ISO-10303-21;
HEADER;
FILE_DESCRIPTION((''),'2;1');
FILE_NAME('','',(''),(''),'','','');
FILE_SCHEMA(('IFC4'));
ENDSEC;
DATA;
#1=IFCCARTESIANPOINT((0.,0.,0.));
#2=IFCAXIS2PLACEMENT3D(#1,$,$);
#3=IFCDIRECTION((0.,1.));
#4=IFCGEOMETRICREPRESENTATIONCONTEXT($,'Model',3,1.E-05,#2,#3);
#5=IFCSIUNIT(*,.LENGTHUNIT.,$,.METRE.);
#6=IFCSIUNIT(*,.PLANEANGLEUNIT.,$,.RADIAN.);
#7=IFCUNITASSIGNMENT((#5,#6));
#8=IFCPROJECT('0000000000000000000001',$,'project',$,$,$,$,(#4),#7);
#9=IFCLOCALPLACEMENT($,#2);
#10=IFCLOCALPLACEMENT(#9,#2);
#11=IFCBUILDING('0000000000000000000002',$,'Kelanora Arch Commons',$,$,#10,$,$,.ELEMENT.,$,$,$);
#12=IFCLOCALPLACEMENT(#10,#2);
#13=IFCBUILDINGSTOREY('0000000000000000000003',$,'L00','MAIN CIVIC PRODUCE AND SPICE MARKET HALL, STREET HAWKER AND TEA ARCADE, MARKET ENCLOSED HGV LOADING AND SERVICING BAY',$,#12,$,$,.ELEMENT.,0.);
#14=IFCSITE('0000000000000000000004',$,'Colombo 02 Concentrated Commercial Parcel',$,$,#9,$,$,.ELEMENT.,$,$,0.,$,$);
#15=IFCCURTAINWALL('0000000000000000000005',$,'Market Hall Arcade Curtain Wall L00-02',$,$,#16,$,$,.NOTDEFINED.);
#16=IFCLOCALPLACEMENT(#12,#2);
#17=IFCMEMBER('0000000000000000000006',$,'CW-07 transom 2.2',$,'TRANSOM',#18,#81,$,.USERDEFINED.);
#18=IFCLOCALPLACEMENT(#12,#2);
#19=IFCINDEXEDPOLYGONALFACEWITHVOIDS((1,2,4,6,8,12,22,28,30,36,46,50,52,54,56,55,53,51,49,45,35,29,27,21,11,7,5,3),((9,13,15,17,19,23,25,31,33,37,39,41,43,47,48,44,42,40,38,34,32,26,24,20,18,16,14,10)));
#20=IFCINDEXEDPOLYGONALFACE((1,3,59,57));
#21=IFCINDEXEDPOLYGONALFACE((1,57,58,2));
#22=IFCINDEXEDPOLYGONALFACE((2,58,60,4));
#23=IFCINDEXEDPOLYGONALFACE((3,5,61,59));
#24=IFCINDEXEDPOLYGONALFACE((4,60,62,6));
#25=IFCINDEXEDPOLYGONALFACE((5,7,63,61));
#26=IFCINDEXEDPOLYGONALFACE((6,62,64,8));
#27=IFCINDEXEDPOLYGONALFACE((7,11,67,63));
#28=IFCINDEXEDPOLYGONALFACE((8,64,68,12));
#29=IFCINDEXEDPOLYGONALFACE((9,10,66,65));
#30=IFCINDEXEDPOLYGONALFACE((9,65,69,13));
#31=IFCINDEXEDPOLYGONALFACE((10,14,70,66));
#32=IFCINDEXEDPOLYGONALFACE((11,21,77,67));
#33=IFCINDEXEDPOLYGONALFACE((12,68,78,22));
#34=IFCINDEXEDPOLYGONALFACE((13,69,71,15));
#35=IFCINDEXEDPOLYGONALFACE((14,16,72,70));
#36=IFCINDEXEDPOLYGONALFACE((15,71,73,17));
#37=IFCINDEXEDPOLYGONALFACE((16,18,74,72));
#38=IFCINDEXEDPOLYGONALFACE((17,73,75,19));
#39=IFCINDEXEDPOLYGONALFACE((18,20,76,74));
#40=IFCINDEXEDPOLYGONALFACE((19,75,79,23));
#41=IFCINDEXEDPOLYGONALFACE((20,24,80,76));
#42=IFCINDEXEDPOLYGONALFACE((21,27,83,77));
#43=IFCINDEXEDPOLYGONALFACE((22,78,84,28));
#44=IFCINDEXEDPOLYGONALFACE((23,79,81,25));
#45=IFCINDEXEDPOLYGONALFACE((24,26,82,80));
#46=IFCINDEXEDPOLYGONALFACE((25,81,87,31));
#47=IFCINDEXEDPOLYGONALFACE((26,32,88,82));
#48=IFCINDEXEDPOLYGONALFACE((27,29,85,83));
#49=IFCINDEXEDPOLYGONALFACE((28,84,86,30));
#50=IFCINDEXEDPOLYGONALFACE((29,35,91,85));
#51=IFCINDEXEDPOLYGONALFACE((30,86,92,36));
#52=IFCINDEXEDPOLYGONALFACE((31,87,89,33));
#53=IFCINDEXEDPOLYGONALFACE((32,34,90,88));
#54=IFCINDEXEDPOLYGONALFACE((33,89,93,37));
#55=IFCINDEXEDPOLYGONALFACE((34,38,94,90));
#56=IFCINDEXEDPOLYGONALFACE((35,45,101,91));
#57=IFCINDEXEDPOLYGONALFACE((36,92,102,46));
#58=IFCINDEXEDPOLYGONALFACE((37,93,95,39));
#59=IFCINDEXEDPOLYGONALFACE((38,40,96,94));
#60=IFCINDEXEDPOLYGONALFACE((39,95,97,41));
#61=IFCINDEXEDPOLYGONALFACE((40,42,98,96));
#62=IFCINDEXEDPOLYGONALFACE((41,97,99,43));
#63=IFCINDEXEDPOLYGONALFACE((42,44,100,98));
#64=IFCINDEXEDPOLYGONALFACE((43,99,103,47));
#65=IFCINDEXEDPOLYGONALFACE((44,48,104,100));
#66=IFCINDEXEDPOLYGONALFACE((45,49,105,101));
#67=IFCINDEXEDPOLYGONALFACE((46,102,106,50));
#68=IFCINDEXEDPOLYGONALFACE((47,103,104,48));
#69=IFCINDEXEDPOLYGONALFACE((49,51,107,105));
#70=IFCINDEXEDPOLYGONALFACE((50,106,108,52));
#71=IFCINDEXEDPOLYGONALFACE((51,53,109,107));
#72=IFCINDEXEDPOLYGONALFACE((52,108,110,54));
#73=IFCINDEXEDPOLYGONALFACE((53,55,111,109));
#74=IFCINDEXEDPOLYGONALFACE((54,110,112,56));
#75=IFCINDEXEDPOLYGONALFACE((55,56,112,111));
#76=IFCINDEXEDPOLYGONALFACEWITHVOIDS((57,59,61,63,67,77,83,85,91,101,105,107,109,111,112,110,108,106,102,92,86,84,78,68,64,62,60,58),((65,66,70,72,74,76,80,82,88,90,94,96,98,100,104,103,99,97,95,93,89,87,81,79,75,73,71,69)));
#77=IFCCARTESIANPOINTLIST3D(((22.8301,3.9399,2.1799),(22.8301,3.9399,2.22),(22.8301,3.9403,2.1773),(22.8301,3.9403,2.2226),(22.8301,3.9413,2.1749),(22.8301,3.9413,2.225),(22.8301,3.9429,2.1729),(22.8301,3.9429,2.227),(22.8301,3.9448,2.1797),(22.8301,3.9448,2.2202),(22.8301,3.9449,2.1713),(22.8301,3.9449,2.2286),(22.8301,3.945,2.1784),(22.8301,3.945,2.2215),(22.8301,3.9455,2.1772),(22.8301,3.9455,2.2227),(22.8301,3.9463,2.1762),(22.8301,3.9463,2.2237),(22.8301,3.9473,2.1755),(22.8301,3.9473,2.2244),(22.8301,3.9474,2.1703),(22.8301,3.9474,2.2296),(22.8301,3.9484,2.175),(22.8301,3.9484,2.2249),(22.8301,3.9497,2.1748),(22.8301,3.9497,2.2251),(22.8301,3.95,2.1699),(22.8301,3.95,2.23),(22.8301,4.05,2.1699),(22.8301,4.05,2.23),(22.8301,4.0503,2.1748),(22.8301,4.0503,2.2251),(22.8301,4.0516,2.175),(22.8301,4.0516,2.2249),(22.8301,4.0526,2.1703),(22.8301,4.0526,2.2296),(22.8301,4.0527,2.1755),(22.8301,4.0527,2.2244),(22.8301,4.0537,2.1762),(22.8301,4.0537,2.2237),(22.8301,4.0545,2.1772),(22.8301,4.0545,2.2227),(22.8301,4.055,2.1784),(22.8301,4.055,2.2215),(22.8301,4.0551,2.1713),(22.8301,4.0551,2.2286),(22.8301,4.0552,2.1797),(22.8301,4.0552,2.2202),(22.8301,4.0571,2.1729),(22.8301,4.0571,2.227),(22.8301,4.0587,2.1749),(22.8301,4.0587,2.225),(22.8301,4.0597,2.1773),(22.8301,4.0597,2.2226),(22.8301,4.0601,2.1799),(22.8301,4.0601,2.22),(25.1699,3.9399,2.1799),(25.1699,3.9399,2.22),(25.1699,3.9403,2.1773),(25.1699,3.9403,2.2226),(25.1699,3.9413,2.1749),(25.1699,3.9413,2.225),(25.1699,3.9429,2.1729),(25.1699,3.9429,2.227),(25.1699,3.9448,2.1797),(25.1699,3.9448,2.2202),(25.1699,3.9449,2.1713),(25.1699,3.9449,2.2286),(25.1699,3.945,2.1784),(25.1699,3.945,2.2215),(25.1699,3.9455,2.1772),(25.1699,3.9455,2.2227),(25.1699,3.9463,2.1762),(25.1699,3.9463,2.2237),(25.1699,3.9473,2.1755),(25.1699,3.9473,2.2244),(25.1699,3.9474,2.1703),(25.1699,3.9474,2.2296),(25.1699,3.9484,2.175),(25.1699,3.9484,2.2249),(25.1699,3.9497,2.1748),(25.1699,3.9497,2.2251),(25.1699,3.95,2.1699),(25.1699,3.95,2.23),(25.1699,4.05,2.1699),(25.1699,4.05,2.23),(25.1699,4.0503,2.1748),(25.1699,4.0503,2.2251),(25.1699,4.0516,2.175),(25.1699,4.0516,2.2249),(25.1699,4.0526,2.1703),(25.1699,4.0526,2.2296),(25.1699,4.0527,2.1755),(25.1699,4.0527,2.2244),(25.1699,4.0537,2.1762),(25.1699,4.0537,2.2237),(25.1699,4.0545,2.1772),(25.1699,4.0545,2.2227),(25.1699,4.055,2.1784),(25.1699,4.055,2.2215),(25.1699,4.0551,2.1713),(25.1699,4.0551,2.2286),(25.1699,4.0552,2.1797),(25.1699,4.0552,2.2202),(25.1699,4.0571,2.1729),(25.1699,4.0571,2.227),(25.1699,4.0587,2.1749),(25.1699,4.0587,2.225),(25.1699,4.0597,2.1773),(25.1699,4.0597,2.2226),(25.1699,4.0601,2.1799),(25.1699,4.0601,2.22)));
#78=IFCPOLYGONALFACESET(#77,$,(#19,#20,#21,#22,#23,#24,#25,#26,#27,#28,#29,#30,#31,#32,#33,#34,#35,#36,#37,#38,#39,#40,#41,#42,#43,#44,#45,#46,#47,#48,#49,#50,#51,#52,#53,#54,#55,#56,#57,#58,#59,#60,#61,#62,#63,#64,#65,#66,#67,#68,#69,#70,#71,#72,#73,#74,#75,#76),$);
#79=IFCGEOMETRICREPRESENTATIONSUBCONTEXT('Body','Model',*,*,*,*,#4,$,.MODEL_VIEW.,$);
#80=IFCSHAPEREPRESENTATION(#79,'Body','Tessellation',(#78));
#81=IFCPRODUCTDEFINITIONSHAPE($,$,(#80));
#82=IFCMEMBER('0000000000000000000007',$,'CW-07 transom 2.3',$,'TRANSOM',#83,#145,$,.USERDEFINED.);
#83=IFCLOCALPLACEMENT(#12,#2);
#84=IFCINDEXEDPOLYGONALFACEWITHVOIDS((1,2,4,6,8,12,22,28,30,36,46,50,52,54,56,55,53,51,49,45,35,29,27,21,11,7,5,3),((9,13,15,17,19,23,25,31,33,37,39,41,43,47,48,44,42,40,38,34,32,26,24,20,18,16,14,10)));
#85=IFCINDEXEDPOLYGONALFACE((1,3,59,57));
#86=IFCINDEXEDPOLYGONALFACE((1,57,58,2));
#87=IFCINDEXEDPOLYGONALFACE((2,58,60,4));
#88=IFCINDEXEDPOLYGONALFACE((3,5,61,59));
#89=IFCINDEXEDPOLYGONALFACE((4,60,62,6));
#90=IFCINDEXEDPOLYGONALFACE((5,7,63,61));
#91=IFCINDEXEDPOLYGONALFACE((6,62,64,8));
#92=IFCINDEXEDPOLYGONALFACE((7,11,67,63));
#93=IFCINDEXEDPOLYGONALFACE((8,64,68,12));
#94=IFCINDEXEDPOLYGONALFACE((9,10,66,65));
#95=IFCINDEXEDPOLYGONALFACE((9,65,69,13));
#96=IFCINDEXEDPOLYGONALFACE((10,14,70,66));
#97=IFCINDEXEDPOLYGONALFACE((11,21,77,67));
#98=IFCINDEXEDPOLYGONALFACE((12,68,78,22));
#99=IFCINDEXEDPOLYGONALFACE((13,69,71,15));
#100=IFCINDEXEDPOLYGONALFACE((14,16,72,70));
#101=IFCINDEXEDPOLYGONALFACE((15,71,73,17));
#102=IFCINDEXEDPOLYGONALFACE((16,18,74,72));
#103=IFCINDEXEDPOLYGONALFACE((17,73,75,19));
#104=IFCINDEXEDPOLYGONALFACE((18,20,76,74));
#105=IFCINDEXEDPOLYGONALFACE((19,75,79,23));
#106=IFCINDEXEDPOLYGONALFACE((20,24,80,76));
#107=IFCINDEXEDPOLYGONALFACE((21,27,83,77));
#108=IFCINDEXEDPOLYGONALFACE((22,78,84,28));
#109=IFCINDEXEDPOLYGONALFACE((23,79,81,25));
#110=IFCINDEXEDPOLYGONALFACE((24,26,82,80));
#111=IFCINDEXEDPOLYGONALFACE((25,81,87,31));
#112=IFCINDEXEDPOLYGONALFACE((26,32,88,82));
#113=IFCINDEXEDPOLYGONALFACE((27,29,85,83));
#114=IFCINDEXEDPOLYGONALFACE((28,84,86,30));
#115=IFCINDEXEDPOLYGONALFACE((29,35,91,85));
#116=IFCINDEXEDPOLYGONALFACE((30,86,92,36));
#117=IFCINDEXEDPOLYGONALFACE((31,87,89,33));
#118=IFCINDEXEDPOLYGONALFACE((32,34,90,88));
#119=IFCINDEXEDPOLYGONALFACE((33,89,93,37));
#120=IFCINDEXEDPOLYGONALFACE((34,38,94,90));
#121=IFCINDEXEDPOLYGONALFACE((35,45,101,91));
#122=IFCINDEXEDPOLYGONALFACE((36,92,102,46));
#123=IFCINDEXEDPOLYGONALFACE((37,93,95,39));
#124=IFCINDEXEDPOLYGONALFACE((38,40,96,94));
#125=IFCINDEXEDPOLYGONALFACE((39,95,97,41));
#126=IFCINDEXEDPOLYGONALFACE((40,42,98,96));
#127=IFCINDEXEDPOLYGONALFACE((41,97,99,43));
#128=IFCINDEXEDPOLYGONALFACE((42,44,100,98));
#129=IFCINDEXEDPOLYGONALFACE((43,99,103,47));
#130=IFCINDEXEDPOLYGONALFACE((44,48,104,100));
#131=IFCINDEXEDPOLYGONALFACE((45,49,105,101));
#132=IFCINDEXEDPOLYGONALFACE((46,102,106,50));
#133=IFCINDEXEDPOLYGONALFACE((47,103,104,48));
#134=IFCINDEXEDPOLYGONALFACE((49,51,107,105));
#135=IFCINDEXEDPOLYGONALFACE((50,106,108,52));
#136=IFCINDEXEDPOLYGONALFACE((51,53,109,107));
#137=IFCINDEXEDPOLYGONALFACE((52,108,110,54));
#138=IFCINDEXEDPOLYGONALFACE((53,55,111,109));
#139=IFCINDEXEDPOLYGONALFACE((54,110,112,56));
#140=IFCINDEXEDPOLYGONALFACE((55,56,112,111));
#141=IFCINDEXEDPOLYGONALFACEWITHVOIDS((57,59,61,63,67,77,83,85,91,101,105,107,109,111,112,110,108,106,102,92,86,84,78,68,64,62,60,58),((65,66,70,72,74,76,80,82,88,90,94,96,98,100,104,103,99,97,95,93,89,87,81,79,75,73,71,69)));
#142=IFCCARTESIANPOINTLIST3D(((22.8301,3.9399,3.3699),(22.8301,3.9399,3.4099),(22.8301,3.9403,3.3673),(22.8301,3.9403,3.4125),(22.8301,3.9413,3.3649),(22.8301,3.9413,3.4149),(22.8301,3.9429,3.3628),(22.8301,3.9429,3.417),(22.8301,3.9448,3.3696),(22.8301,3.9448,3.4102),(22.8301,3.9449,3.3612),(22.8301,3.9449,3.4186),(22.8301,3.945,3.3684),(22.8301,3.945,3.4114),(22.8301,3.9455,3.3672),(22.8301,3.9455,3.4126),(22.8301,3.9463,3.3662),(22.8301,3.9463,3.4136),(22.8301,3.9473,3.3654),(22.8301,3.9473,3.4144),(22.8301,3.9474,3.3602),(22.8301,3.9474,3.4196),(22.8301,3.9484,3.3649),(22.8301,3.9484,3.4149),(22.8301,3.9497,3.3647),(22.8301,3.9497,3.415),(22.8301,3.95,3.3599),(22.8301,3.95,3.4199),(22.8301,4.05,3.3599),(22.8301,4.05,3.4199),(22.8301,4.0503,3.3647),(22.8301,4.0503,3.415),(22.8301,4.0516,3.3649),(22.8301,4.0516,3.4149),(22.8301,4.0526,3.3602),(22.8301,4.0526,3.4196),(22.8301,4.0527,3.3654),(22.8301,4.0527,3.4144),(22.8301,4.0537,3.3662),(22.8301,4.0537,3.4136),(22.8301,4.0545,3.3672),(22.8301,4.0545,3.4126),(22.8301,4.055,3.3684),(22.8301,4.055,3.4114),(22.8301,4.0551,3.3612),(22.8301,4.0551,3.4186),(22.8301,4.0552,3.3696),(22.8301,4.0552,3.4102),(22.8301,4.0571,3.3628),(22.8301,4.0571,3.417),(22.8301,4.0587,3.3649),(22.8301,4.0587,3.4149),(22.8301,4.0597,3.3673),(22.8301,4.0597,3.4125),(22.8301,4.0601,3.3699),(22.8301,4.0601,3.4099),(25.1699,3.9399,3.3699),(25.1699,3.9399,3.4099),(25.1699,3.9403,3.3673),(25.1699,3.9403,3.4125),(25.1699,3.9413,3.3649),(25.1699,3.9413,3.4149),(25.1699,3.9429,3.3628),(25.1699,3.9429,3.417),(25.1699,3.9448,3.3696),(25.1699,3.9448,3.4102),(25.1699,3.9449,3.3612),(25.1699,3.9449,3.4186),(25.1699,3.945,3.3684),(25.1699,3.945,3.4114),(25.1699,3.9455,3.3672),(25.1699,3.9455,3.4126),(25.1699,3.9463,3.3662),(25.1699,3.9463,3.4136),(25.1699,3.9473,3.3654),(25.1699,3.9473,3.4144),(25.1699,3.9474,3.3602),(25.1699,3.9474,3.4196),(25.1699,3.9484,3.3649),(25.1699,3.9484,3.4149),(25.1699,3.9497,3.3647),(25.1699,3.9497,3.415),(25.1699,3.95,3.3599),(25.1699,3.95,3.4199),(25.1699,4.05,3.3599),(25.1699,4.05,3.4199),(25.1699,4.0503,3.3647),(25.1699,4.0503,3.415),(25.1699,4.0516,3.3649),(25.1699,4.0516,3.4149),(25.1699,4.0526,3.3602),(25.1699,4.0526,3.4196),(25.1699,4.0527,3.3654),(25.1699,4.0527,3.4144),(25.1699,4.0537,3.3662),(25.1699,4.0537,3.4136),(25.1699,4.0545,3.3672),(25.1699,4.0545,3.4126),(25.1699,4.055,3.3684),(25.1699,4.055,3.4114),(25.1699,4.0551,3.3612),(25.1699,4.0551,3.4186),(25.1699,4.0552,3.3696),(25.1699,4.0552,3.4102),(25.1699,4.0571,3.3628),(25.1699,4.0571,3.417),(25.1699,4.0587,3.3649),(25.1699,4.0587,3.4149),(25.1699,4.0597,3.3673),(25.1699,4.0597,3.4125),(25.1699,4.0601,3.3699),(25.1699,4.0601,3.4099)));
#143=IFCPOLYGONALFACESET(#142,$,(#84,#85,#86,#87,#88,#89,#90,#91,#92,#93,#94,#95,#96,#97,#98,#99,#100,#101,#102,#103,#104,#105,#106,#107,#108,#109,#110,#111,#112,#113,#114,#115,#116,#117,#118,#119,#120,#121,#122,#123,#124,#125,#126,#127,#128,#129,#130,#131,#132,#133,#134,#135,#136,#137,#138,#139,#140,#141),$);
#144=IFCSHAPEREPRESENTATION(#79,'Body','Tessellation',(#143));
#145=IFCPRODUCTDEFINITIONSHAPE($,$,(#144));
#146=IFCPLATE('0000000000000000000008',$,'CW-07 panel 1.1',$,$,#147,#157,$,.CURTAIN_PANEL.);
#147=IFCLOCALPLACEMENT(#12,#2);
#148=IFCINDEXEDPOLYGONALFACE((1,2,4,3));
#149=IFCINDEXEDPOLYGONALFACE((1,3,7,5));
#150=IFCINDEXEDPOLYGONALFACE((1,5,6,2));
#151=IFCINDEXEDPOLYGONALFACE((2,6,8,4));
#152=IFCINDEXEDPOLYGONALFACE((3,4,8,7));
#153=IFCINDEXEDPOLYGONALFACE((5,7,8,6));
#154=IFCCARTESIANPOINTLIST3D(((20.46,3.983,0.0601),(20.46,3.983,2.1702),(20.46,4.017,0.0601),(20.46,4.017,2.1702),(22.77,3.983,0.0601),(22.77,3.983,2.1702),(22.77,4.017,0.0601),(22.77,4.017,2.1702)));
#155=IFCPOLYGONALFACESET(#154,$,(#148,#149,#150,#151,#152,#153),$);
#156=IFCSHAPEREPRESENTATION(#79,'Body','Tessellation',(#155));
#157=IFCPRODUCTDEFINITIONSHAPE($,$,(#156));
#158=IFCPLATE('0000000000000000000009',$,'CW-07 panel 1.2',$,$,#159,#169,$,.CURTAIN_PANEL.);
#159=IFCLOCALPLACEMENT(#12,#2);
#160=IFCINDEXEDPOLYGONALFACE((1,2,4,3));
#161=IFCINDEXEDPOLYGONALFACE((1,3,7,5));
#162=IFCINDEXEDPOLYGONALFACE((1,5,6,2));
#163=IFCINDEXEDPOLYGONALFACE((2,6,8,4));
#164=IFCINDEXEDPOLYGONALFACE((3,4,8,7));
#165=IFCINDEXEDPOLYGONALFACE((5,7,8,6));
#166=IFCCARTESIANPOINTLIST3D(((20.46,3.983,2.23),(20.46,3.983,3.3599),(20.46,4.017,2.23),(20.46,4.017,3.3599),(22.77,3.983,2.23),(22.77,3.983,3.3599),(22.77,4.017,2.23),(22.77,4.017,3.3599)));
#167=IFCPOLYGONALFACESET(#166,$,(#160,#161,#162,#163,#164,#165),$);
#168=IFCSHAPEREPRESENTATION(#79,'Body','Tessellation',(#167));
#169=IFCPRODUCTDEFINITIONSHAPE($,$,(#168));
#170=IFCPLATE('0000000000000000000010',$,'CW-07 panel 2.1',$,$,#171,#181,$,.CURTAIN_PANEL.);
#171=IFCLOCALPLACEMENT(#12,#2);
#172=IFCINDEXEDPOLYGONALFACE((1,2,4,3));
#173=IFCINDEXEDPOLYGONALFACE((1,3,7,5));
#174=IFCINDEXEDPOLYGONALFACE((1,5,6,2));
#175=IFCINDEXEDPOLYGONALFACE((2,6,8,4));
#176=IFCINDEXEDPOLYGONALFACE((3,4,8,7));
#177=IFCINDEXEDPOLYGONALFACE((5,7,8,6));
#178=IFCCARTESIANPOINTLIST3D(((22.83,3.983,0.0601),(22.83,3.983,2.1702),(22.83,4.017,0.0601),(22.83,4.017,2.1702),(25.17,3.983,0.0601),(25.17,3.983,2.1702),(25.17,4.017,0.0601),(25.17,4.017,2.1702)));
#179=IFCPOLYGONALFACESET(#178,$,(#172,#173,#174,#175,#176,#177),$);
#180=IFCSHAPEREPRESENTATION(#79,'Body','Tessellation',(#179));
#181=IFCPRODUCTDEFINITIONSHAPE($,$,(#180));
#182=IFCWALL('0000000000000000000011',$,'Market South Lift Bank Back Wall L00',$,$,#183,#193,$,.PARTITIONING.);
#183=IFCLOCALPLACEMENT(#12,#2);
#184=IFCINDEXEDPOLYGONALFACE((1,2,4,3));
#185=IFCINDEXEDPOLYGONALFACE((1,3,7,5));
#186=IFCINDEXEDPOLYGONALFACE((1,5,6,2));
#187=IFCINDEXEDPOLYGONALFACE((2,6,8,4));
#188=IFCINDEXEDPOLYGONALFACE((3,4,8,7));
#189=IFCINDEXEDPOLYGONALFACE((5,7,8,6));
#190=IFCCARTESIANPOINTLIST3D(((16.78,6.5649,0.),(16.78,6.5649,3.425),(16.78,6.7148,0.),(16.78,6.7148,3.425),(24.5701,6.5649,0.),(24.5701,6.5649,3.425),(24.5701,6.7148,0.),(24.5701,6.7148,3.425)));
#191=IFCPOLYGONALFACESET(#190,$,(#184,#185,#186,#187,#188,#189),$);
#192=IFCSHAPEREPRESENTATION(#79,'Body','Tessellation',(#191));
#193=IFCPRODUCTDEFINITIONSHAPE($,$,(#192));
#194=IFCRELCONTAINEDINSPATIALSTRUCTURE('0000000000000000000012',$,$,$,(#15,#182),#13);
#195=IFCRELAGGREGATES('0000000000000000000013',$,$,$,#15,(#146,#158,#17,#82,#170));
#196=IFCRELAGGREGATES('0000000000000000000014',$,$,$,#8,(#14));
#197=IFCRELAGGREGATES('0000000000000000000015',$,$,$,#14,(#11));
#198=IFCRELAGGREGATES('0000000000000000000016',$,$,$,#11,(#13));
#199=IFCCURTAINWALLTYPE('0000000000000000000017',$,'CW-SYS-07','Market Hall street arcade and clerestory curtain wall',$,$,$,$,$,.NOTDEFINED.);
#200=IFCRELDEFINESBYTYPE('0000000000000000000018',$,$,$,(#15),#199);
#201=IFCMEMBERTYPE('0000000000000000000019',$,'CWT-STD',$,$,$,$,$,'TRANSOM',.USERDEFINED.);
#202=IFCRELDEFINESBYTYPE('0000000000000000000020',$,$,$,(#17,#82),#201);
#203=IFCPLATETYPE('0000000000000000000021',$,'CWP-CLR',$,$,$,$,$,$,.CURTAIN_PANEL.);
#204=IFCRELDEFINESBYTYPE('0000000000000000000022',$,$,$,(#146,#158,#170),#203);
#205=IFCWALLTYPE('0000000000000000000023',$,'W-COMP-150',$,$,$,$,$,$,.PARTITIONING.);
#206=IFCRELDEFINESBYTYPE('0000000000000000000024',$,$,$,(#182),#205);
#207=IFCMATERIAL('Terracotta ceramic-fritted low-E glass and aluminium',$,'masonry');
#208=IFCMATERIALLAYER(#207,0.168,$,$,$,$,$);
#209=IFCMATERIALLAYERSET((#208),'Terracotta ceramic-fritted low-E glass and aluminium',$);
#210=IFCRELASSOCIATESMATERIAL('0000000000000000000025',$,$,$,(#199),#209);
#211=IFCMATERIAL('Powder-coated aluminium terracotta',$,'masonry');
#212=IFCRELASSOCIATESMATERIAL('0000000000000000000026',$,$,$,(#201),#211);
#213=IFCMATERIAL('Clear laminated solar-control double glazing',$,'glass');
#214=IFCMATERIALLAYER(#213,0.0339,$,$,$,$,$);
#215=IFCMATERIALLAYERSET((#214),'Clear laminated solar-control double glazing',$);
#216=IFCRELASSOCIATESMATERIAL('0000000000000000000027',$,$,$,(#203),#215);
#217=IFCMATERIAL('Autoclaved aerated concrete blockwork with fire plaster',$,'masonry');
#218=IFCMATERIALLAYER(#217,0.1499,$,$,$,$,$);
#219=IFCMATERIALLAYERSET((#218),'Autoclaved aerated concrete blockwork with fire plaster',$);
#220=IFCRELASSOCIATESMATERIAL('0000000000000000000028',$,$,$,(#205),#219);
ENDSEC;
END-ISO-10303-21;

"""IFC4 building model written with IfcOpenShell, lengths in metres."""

from ifc_helpers import new_model, si_unit, direction, frame, frame_2d, origin, origin_2d, place, context, subcontext, project, spatial, rectangle, hollow_rectangle, extrude, source, transform, mapped, material, layer, layer_set, material_profile, profile_set, type_object, element, aggregate, save


model = new_model("IFC4")

# Units and contexts
model_context = context("Model", 3, precision=1e-05, world=origin(), true_north=direction((0.0, 1.0)))
body_context = subcontext(model_context, "Body", "Model", "MODEL_VIEW")
ifc_project = project(units=[si_unit("LENGTHUNIT", "METRE"), si_unit("PLANEANGLEUNIT", "RADIAN")], contexts=[model_context])

# Site, building, storey
site_placement = place(None, origin())
site = spatial("IfcSite", under=ifc_project, at=site_placement, Name="Colombo 02 Concentrated Commercial Parcel", CompositionType="ELEMENT", RefElevation=0.0)
building_placement = place(site_placement, origin())
building = spatial("IfcBuilding", under=site, at=building_placement, Name="Kelanora Arch Commons", CompositionType="ELEMENT")
storey_placement = place(building_placement, origin())
storey = spatial("IfcBuildingStorey", under=building, at=storey_placement, Name="L00", Description="MAIN CIVIC PRODUCE AND SPICE MARKET HALL, STREET HAWKER AND TEA ARCADE, MARKET ENCLOSED HGV LOADING AND SERVICING BAY", CompositionType="ELEMENT", Elevation=0.0)

# Curtain wall, members, plates
ifc_material_1 = material(Name="Terracotta ceramic-fritted low-E glass and aluminium", Category="masonry")
ifc_layer_1 = layer(ifc_material_1, 0.168)
ifc_layer_set_1 = layer_set([ifc_layer_1], Name="Terracotta ceramic-fritted low-E glass and aluminium")
curtain_wall_type = type_object("IfcCurtainWallType", Name="CW-SYS-07", Description="Market Hall street arcade and clerestory curtain wall", PredefinedType="NOTDEFINED", material=ifc_layer_set_1)
curtain_wall_placement = place(storey_placement, origin())
curtain_wall = element("IfcCurtainWall", 1, at=curtain_wall_placement, inside=storey, type_object=curtain_wall_type, Name="Market Hall Arcade Curtain Wall L00-02", PredefinedType="NOTDEFINED")
ifc_material_2 = material(Name="Powder-coated aluminium terracotta", Category="masonry")
ifc_material_profile_1 = material_profile(ifc_material_2, hollow_rectangle(XDim=0.1201, YDim=0.0601, WallThickness=0.0049, InnerFilletRadius=0.0049, OuterFilletRadius=0.01, at=origin_2d()), Name="CWT120x60")
ifc_profile_set_1 = profile_set([ifc_material_profile_1], Name="Powder-coated aluminium terracotta")
member_type_1 = type_object("IfcMemberType", Name="CWT-STD", ElementType="TRANSOM", PredefinedType="USERDEFINED", material=ifc_profile_set_1)
member_1_placement = place(storey_placement, frame((22.8301, 4.0, 2.2), z_axis=(1.0, 0.0, 0.0), x_axis=(0.0, 1.0, 0.0)))
member_1 = element("IfcMember", 2, at=member_1_placement, type_object=member_type_1, Name="CW-07 transom 2.2", ObjectType="TRANSOM", PredefinedType="USERDEFINED", context=body_context, shape_type="SweptSolid", body=[
    extrude(hollow_rectangle(XDim=0.1201, YDim=0.0601, WallThickness=0.0049, InnerFilletRadius=0.0049, OuterFilletRadius=0.01, at=origin_2d()), origin(), (0.0, 0.0, 1.0), 2.3398),
])
member_2_placement = place(storey_placement, frame((22.8301, 4.0, 3.3899), z_axis=(1.0, 0.0, 0.0), x_axis=(0.0, 1.0, 0.0)))
member_2 = element("IfcMember", 3, at=member_2_placement, type_object=member_type_1, Name="CW-07 transom 2.3", ObjectType="TRANSOM", PredefinedType="USERDEFINED", context=body_context, shape_type="SweptSolid", body=[
    extrude(hollow_rectangle(XDim=0.1201, YDim=0.0601, WallThickness=0.0049, InnerFilletRadius=0.0049, OuterFilletRadius=0.01, at=origin_2d()), origin(), (0.0, 0.0, 1.0), 2.3398),
])
ifc_material_3 = material(Name="Clear laminated solar-control double glazing", Category="glass")
ifc_layer_2 = layer(ifc_material_3, 0.0339)
ifc_layer_set_2 = layer_set([ifc_layer_2], Name="Clear laminated solar-control double glazing")
plate_type = type_object("IfcPlateType", Name="CWP-CLR", PredefinedType="CURTAIN_PANEL", material=ifc_layer_set_2)
shared_shape_1 = source(origin(), body_context, "Body", "SweptSolid", [
    extrude(rectangle(XDim=2.3101, YDim=0.0339, at=origin_2d()), origin(), (0.0, 0.0, 1.0), 2.1101),
])
plate_1_placement = place(storey_placement, frame((21.615, 4.0, 0.0601), z_axis=(0.0, 0.0, 1.0), x_axis=(1.0, 0.0, 0.0)))
plate_1 = element("IfcPlate", 4, at=plate_1_placement, type_object=plate_type, Name="CW-07 panel 1.1", PredefinedType="CURTAIN_PANEL", context=body_context, shape_type="MappedRepresentation", body=[
    mapped(shared_shape_1, transform((0.0, 0.0, 0.0), scale=1.0)),
])
shared_shape_2 = source(origin(), body_context, "Body", "SweptSolid", [
    extrude(rectangle(XDim=2.3101, YDim=0.0339, at=origin_2d()), origin(), (0.0, 0.0, 1.0), 1.1299),
])
plate_2_placement = place(storey_placement, frame((21.615, 4.0, 2.23), z_axis=(0.0, 0.0, 1.0), x_axis=(1.0, 0.0, 0.0)))
plate_2 = element("IfcPlate", 5, at=plate_2_placement, type_object=plate_type, Name="CW-07 panel 1.2", PredefinedType="CURTAIN_PANEL", context=body_context, shape_type="MappedRepresentation", body=[
    mapped(shared_shape_2, transform((0.0, 0.0, 0.0), scale=1.0)),
])
shared_shape_3 = source(origin(), body_context, "Body", "SweptSolid", [
    extrude(rectangle(XDim=2.3401, YDim=0.0339, at=origin_2d()), origin(), (0.0, 0.0, 1.0), 2.1101),
])
plate_3_placement = place(storey_placement, frame((24.0, 4.0, 0.0601), z_axis=(0.0, 0.0, 1.0), x_axis=(1.0, 0.0, 0.0)))
plate_3 = element("IfcPlate", 6, at=plate_3_placement, type_object=plate_type, Name="CW-07 panel 2.1", PredefinedType="CURTAIN_PANEL", context=body_context, shape_type="MappedRepresentation", body=[
    mapped(shared_shape_3, transform((0.0, 0.0, 0.0), scale=1.0)),
])
aggregate(curtain_wall, [plate_1, plate_2, member_1, member_2, plate_3])

# Wall
ifc_material_4 = material(Name="Autoclaved aerated concrete blockwork with fire plaster", Category="masonry")
ifc_layer_3 = layer(ifc_material_4, 0.1499)
ifc_layer_set_3 = layer_set([ifc_layer_3], Name="Autoclaved aerated concrete blockwork with fire plaster")
wall_type_1 = type_object("IfcWallType", Name="W-COMP-150", PredefinedType="PARTITIONING", material=ifc_layer_set_3)
wall_1_placement = place(storey_placement, frame((16.78, 6.6399, 0.0), z_axis=(0.0, 0.0, 1.0), x_axis=(1.0, 0.0, 0.0)))
element("IfcWall", 7, at=wall_1_placement, inside=storey, type_object=wall_type_1, Name="Market South Lift Bank Back Wall L00", PredefinedType="PARTITIONING", context=body_context, shape_type="SweptSolid", body=[
    extrude(rectangle(XDim=7.79, YDim=0.1499, at=frame_2d((3.895, 0.0))), origin(), (0.0, 0.0, 1.0), 3.425),
])

save(model, "model.ifc")
